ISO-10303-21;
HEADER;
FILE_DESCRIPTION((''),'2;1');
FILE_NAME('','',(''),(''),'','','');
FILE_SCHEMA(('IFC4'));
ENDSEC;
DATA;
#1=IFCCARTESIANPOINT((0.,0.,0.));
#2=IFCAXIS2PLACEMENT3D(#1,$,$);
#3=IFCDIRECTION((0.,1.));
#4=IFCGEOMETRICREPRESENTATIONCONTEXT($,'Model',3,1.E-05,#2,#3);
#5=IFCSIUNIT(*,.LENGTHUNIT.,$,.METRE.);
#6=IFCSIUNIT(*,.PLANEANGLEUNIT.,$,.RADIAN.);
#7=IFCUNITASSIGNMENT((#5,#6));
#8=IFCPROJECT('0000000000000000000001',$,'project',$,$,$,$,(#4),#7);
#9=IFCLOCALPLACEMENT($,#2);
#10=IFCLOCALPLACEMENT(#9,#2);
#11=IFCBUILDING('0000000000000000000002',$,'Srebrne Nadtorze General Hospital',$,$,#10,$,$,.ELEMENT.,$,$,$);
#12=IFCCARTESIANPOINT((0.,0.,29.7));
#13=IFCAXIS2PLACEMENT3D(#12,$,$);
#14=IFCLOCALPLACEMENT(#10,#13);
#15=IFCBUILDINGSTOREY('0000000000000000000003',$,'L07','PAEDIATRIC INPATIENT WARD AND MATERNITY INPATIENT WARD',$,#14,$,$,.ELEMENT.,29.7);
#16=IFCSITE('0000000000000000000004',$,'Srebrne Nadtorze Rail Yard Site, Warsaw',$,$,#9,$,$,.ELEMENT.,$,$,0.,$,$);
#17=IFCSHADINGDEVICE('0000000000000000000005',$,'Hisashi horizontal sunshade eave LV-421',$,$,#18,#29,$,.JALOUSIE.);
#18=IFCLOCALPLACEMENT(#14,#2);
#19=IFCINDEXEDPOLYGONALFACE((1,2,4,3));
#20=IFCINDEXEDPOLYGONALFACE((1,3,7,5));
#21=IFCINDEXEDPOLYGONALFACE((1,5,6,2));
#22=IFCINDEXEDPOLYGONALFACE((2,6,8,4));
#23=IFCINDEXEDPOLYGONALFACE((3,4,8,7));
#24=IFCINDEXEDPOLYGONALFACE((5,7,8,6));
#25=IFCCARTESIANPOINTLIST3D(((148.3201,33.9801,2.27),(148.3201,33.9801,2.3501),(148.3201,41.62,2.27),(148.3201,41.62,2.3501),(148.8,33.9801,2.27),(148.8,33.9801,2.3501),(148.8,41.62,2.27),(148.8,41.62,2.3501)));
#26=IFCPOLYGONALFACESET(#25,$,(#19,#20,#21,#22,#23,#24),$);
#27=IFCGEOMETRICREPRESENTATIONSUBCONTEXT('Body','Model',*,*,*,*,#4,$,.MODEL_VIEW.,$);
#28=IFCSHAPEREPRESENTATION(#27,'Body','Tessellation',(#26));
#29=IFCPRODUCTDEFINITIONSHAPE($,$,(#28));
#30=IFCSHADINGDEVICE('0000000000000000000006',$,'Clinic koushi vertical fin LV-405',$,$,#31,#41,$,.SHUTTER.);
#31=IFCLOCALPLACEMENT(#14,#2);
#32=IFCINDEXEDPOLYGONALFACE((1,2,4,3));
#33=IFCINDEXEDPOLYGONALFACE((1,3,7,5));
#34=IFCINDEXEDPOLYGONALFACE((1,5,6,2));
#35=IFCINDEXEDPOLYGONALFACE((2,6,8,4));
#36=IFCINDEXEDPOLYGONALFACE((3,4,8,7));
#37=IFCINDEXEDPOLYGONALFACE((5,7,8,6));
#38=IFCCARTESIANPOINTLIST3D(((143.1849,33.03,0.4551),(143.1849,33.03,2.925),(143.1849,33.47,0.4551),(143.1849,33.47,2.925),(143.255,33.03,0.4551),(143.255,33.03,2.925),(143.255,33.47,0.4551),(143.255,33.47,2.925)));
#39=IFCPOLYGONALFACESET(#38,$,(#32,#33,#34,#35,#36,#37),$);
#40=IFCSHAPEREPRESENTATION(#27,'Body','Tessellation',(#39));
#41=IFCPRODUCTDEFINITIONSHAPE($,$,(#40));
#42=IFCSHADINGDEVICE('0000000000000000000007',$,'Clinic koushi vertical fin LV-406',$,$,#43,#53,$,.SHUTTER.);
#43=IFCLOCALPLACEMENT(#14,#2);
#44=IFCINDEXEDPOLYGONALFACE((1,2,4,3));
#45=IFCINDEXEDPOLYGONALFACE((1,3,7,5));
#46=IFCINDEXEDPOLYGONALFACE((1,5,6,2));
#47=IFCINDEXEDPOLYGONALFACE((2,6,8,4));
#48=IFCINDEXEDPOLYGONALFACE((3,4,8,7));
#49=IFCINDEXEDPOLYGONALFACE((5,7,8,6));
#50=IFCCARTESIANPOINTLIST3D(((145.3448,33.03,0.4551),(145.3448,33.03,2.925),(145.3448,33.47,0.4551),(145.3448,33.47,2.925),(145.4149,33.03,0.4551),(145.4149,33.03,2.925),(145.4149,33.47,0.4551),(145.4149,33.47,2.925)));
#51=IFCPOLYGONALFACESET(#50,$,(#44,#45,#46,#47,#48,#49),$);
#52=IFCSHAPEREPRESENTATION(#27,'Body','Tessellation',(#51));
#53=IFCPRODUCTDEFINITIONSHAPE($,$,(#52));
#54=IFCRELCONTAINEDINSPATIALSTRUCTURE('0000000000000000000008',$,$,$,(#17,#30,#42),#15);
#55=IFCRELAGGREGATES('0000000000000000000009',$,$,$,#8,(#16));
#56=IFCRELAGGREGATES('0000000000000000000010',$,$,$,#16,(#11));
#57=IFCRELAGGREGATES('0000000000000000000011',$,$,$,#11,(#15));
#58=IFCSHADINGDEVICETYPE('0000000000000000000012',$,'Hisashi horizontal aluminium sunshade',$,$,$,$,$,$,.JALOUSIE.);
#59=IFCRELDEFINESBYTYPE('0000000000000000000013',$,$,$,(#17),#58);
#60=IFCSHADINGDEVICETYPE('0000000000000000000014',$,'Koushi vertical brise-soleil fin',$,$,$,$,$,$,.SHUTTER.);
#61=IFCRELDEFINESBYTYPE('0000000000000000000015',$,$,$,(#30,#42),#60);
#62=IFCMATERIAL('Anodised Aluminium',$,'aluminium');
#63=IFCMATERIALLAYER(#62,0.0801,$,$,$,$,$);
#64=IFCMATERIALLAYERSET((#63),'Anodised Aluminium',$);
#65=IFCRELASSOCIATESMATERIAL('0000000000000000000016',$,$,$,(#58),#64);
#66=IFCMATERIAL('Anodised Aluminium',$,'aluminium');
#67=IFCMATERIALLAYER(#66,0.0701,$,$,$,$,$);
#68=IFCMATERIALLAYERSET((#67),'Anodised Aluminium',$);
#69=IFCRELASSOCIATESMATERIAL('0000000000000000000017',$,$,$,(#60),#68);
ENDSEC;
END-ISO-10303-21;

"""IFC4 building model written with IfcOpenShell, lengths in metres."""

from ifc_helpers import new_model, si_unit, direction, frame, origin, origin_2d, place, context, subcontext, project, spatial, rectangle, extrude, material, layer, layer_set, type_object, element, save


model = new_model("IFC4")

# Units and contexts
model_context = context("Model", 3, precision=1e-05, world=origin(), true_north=direction((0.0, 1.0)))
body_context = subcontext(model_context, "Body", "Model", "MODEL_VIEW")
ifc_project = project(units=[si_unit("LENGTHUNIT", "METRE"), si_unit("PLANEANGLEUNIT", "RADIAN")], contexts=[model_context])

# Site, building, storey
site_placement = place(None, origin())
site = spatial("IfcSite", under=ifc_project, at=site_placement, Name="Srebrne Nadtorze Rail Yard Site, Warsaw", CompositionType="ELEMENT", RefElevation=0.0)
building_placement = place(site_placement, origin())
building = spatial("IfcBuilding", under=site, at=building_placement, Name="Srebrne Nadtorze General Hospital", CompositionType="ELEMENT")
storey_placement = place(building_placement, frame((0.0, 0.0, 29.7)))
storey = spatial("IfcBuildingStorey", under=building, at=storey_placement, Name="L07", Description="PAEDIATRIC INPATIENT WARD AND MATERNITY INPATIENT WARD", CompositionType="ELEMENT", Elevation=29.7)

# Shading devices
ifc_material_1 = material(Name="Anodised Aluminium", Category="aluminium")
ifc_layer_1 = layer(ifc_material_1, 0.0801)
ifc_layer_set_1 = layer_set([ifc_layer_1], Name="Anodised Aluminium")
shading_device_type_1 = type_object("IfcShadingDeviceType", Name="Hisashi horizontal aluminium sunshade", PredefinedType="JALOUSIE", material=ifc_layer_set_1)
shading_device_placement = place(storey_placement, frame((148.5601, 37.8, 2.27), z_axis=(0.0, 0.0, 1.0), x_axis=(1.0, 0.0, 0.0)))
element("IfcShadingDevice", 1, at=shading_device_placement, inside=storey, type_object=shading_device_type_1, Name="Hisashi horizontal sunshade eave LV-421", PredefinedType="JALOUSIE", context=body_context, shape_type="SweptSolid", body=[
    extrude(rectangle(XDim=0.48, YDim=7.6399, at=origin_2d()), origin(), (0.0, 0.0, 1.0), 0.0801),
])
ifc_material_2 = material(Name="Anodised Aluminium", Category="aluminium")
ifc_layer_2 = layer(ifc_material_2, 0.0701)
ifc_layer_set_2 = layer_set([ifc_layer_2], Name="Anodised Aluminium")
shading_device_type_2 = type_object("IfcShadingDeviceType", Name="Koushi vertical brise-soleil fin", PredefinedType="SHUTTER", material=ifc_layer_set_2)
for number, where, z_axis, x_axis, name in (
    (2, (143.22, 33.25, 0.4551), (0.0, 0.0, 1.0), (1.0, 0.0, 0.0), "Clinic koushi vertical fin LV-405"),
    (3, (145.3799, 33.25, 0.4551), (0.0, 0.0, 1.0), (1.0, 0.0, 0.0), "Clinic koushi vertical fin LV-406"),
):
    element("IfcShadingDevice", number, at=place(storey_placement, frame(where, z_axis=z_axis, x_axis=x_axis)), inside=storey, type_object=shading_device_type_2, Name=name, PredefinedType="SHUTTER", context=body_context, shape_type="SweptSolid", body=[
        extrude(rectangle(XDim=0.0701, YDim=0.4399, at=origin_2d()), origin(), (0.0, 0.0, 1.0), 2.47),
    ])

save(model, "model.ifc")
